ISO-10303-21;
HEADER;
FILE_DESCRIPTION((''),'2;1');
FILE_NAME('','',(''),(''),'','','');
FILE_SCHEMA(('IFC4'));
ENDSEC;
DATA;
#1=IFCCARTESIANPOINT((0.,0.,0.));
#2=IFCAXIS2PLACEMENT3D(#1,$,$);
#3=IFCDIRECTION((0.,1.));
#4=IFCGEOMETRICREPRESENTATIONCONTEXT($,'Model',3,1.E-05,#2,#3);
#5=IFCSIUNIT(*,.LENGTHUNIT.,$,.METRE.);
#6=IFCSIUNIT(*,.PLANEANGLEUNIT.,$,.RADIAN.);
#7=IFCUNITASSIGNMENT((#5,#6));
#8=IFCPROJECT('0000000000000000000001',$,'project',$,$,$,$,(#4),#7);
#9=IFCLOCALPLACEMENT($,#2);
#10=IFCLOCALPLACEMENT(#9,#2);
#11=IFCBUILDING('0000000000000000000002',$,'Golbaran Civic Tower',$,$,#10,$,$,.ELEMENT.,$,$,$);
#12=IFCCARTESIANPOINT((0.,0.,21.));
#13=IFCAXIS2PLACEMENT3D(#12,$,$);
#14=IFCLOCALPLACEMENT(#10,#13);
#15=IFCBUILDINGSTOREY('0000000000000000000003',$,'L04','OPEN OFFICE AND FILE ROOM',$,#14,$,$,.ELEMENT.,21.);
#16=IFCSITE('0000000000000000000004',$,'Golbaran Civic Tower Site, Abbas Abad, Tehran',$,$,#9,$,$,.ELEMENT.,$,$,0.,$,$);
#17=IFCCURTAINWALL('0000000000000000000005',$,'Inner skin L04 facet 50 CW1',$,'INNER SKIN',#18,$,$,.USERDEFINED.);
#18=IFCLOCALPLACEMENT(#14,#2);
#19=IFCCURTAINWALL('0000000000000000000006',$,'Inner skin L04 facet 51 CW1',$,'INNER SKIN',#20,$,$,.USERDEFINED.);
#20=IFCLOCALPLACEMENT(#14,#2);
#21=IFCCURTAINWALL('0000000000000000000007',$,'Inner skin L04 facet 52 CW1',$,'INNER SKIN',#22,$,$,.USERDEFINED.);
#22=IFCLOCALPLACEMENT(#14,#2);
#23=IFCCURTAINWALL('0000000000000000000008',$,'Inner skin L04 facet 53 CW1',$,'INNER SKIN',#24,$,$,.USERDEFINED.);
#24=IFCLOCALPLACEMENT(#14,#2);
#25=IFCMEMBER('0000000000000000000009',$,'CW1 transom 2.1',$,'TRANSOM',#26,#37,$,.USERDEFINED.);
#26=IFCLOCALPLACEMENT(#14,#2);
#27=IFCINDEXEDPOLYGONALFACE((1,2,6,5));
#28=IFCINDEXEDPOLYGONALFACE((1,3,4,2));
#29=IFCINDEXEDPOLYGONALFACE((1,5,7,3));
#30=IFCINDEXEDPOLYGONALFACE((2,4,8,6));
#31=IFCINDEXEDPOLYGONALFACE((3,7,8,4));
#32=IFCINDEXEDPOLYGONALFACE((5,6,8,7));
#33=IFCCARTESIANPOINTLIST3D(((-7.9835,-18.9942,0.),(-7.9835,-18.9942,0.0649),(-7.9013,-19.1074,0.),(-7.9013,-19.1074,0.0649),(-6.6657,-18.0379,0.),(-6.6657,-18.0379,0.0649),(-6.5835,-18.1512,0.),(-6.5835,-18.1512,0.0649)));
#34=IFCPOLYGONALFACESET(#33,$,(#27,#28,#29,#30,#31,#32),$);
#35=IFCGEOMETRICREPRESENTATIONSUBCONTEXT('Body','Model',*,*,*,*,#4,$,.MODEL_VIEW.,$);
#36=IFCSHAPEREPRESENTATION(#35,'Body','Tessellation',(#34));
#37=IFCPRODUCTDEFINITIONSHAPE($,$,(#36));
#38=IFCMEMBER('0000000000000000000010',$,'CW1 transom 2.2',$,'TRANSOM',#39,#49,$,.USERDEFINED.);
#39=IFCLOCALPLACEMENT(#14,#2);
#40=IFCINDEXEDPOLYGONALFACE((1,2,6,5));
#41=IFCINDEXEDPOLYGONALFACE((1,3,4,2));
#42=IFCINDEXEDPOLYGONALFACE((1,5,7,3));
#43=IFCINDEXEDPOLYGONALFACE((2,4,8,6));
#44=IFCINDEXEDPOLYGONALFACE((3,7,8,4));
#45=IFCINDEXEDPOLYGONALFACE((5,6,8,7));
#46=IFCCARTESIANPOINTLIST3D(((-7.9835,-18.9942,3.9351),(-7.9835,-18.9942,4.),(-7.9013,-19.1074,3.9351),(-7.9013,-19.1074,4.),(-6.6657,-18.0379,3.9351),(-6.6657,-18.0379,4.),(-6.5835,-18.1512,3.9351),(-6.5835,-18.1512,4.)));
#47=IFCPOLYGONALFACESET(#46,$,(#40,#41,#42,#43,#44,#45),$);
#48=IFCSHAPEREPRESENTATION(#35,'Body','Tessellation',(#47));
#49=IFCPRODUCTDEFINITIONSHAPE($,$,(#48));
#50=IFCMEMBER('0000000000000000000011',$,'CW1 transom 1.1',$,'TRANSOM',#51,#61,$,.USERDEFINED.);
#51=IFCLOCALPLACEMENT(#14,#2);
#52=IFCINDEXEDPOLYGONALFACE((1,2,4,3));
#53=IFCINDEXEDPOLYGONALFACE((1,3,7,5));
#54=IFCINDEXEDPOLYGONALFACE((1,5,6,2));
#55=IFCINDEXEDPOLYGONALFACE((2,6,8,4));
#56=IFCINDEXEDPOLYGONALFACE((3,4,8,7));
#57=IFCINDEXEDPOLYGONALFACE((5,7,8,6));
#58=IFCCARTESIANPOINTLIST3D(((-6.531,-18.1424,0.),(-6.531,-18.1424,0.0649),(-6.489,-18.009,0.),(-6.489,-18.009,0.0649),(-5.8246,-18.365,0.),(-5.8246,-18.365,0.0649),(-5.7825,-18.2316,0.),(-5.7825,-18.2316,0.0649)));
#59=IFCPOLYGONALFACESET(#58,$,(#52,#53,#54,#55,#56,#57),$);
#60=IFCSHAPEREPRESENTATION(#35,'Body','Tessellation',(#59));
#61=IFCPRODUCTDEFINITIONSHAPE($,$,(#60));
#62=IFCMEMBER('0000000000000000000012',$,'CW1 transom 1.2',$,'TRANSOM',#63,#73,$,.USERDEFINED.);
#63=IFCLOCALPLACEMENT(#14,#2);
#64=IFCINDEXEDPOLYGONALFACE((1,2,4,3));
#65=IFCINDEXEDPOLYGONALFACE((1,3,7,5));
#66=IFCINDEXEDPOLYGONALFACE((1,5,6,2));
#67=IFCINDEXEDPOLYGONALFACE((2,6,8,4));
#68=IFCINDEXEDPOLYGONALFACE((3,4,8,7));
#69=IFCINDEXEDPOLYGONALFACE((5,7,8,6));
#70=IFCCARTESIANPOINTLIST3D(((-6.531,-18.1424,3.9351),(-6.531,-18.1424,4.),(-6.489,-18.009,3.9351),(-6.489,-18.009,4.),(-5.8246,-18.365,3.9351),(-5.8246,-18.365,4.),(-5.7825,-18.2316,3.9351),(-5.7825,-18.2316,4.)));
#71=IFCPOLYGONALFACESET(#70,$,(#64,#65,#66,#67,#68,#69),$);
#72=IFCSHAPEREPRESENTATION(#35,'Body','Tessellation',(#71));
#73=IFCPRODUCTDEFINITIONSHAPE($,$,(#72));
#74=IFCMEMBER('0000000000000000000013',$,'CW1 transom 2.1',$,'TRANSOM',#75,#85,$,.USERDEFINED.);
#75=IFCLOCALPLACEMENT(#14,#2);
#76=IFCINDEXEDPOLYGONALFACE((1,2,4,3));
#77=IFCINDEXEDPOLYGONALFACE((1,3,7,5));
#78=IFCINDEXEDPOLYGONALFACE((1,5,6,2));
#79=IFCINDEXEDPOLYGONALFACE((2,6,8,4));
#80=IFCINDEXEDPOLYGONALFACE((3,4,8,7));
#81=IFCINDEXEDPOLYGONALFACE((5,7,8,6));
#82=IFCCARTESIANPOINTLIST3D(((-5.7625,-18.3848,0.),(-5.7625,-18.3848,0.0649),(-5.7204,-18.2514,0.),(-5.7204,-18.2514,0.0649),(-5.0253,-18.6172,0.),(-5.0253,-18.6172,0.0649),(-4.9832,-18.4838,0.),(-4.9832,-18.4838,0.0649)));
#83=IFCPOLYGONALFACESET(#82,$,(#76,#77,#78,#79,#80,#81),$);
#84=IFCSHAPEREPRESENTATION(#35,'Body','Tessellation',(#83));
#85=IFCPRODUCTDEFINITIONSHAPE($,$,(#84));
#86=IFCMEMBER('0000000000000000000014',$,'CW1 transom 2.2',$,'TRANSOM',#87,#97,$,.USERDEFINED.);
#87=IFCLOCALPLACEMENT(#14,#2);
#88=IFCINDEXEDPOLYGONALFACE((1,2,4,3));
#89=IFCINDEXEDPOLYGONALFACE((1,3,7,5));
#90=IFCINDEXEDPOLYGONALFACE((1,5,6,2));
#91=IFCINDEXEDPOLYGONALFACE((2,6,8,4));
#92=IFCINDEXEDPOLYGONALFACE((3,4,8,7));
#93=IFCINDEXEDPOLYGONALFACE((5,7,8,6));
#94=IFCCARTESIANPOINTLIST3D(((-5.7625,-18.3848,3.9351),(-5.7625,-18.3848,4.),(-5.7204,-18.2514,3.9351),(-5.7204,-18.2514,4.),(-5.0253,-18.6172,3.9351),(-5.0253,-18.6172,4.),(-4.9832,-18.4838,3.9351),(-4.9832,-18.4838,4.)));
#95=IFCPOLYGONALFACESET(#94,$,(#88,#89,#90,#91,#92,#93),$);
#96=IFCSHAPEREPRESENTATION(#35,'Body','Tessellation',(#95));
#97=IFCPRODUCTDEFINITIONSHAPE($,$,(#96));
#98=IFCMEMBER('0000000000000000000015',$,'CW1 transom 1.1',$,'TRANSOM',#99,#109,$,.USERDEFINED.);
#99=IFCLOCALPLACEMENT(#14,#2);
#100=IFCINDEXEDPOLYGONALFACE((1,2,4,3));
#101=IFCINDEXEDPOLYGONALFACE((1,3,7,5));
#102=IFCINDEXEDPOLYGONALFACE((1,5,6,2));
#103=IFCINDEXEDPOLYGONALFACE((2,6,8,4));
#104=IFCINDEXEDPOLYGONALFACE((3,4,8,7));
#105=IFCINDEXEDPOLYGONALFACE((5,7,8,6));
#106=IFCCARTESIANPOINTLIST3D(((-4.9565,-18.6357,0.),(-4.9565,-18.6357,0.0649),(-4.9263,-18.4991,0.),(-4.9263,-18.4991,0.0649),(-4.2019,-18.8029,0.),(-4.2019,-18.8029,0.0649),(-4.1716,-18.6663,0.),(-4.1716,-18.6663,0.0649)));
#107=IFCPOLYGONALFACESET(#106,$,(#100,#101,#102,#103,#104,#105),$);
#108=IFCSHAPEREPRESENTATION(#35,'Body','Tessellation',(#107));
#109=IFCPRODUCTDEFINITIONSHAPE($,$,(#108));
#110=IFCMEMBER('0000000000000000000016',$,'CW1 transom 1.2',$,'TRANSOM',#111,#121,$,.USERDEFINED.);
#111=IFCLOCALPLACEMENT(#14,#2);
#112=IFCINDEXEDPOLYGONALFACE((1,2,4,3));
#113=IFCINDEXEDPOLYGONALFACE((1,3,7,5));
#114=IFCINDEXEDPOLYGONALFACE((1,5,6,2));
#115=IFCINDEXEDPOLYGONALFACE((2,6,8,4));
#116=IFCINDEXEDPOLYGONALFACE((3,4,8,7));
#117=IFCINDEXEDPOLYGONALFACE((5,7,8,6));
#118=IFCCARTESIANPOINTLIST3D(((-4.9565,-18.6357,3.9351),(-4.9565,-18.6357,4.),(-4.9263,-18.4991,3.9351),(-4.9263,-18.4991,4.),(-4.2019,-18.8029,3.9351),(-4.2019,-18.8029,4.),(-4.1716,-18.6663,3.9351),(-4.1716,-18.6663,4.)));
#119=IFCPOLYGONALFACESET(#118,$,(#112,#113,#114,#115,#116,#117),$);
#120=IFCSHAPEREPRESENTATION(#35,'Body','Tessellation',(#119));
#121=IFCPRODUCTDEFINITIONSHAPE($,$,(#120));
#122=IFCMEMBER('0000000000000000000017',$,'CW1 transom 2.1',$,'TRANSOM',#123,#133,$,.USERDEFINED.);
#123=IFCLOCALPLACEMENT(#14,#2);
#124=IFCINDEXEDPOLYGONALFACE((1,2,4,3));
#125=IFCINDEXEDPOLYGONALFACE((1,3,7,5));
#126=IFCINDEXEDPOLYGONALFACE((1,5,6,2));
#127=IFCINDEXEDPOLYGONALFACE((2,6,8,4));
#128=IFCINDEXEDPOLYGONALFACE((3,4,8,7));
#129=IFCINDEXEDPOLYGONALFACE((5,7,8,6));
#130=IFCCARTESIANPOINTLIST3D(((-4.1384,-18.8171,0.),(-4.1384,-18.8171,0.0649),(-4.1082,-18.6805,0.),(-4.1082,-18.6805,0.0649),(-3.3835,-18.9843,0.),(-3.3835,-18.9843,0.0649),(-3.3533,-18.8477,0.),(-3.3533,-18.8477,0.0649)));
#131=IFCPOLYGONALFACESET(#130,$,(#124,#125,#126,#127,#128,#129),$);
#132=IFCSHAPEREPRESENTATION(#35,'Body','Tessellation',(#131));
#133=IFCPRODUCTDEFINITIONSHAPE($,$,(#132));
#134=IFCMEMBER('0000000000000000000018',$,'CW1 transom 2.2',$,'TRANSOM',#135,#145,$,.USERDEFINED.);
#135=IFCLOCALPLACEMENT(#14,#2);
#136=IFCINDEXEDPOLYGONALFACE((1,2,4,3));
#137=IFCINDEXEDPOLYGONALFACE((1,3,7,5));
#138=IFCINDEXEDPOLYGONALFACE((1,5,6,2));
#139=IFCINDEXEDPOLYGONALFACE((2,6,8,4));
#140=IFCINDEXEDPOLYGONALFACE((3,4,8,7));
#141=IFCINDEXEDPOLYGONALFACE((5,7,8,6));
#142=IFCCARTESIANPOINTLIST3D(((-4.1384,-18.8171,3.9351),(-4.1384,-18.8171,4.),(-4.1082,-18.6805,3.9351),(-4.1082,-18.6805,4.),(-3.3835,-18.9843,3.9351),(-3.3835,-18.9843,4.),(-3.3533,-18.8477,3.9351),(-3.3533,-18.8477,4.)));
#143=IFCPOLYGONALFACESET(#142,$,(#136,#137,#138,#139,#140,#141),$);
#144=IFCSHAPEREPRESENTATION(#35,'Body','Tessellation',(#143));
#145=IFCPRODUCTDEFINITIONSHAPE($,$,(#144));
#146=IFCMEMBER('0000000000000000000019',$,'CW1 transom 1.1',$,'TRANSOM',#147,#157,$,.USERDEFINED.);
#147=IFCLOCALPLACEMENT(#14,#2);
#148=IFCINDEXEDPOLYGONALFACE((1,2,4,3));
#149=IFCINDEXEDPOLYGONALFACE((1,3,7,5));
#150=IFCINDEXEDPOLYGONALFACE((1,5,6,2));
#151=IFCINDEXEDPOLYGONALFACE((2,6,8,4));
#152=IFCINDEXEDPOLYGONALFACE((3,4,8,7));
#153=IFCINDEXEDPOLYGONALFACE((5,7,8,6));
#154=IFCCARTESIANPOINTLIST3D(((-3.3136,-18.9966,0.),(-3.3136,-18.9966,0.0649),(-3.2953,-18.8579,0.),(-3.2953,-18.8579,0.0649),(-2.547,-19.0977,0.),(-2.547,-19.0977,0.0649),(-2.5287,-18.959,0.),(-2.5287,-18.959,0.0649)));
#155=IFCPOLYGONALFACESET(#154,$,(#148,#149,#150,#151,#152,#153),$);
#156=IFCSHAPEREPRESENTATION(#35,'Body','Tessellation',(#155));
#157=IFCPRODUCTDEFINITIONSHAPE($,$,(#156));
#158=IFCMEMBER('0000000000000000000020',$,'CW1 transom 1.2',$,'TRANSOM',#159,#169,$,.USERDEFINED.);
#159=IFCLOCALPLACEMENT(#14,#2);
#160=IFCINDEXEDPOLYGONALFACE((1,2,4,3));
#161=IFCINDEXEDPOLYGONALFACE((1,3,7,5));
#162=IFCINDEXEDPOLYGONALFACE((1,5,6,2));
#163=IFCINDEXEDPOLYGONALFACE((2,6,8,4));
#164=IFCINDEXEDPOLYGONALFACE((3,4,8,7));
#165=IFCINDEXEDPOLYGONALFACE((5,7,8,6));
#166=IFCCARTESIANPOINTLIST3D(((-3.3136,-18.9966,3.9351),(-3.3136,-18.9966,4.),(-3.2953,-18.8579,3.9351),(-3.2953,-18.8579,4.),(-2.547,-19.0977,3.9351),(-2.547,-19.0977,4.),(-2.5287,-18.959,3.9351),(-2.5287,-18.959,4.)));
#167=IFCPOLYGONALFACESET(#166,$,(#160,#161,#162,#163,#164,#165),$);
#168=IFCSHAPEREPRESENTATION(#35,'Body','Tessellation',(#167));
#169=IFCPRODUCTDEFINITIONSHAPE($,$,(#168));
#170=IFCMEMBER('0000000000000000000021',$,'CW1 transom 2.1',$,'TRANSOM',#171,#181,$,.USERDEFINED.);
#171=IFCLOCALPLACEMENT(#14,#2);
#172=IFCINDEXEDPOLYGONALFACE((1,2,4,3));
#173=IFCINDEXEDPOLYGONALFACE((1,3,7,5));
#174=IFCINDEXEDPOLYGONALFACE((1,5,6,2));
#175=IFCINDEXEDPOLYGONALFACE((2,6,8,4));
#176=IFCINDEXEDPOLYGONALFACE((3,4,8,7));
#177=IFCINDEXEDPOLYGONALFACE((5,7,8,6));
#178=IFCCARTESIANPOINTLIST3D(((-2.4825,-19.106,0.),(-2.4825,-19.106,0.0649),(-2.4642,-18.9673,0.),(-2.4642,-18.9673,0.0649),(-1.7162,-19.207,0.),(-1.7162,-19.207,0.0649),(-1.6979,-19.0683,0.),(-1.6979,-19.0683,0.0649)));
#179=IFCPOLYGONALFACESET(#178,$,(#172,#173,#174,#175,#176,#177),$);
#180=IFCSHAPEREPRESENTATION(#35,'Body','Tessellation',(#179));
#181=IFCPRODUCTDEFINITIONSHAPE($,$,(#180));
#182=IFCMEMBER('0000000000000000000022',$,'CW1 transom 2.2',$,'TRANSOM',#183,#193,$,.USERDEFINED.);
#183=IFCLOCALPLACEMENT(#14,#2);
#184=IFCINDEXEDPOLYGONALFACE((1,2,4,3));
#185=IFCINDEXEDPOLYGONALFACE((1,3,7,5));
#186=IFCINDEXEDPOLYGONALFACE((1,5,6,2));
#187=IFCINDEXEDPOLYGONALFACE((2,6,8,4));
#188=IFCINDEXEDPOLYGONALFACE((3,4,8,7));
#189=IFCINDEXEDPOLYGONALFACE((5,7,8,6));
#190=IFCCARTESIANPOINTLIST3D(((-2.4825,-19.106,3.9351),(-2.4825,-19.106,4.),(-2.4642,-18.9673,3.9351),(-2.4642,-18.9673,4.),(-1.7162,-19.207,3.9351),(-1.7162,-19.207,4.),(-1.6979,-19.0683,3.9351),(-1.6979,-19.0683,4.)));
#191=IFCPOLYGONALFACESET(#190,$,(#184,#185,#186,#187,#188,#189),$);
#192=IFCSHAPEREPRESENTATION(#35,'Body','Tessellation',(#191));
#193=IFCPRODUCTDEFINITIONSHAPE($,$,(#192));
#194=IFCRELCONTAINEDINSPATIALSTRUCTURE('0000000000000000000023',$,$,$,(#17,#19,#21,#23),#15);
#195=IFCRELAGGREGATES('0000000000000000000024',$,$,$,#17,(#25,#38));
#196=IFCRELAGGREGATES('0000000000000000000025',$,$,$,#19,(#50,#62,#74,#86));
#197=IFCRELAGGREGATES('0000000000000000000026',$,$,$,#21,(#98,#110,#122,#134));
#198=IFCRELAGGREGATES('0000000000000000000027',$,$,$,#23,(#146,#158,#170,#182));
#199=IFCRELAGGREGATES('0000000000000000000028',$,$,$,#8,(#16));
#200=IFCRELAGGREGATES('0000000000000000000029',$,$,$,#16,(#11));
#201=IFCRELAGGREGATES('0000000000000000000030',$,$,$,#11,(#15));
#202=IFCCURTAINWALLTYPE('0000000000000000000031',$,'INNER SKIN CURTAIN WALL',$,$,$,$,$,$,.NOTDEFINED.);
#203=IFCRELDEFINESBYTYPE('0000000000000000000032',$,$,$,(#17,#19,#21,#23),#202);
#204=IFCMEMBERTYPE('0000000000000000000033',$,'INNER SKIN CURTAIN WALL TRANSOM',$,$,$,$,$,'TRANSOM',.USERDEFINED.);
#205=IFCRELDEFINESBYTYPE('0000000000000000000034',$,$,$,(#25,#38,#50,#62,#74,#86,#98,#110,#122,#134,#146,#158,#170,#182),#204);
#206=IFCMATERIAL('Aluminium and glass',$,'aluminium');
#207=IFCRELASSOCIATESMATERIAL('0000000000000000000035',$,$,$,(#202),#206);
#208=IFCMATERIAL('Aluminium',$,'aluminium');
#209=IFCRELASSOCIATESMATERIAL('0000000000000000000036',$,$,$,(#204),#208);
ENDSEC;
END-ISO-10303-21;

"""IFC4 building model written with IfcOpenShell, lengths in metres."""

from ifc_helpers import new_model, si_unit, direction, frame, origin, origin_2d, place, context, subcontext, project, spatial, rectangle, extrude, material, material_profile, profile_set, type_object, element, aggregate, save


model = new_model("IFC4")

# Units and contexts
model_context = context("Model", 3, precision=1e-05, world=origin(), true_north=direction((0.0, 1.0)))
body_context = subcontext(model_context, "Body", "Model", "MODEL_VIEW")
ifc_project = project(units=[si_unit("LENGTHUNIT", "METRE"), si_unit("PLANEANGLEUNIT", "RADIAN")], contexts=[model_context])

# Site, building, storey
site_placement = place(None, origin())
site = spatial("IfcSite", under=ifc_project, at=site_placement, Name="Golbaran Civic Tower Site, Abbas Abad, Tehran", CompositionType="ELEMENT", RefElevation=0.0)
building_placement = place(site_placement, origin())
building = spatial("IfcBuilding", under=site, at=building_placement, Name="Golbaran Civic Tower", CompositionType="ELEMENT")
storey_placement = place(building_placement, frame((0.0, 0.0, 21.0)))
storey = spatial("IfcBuildingStorey", under=building, at=storey_placement, Name="L04", Description="OPEN OFFICE AND FILE ROOM", CompositionType="ELEMENT", Elevation=21.0)

# Curtain walls
ifc_material_1 = material(Name="Aluminium and glass", Category="aluminium")
curtain_wall_type = type_object("IfcCurtainWallType", Name="INNER SKIN CURTAIN WALL", PredefinedType="NOTDEFINED", material=ifc_material_1)
curtain_wall_1_placement = place(storey_placement, origin())
curtain_wall_1 = element("IfcCurtainWall", 1, at=curtain_wall_1_placement, inside=storey, type_object=curtain_wall_type, Name="Inner skin L04 facet 50 CW1", ObjectType="INNER SKIN", PredefinedType="USERDEFINED")
ifc_material_2 = material(Name="Aluminium", Category="aluminium")
curtain_wall_2_placement = place(storey_placement, origin())
curtain_wall_2 = element("IfcCurtainWall", 2, at=curtain_wall_2_placement, inside=storey, type_object=curtain_wall_type, Name="Inner skin L04 facet 51 CW1", ObjectType="INNER SKIN", PredefinedType="USERDEFINED")
curtain_wall_3_placement = place(storey_placement, origin())
curtain_wall_3 = element("IfcCurtainWall", 3, at=curtain_wall_3_placement, inside=storey, type_object=curtain_wall_type, Name="Inner skin L04 facet 52 CW1", ObjectType="INNER SKIN", PredefinedType="USERDEFINED")
curtain_wall_4_placement = place(storey_placement, origin())
curtain_wall_4 = element("IfcCurtainWall", 4, at=curtain_wall_4_placement, inside=storey, type_object=curtain_wall_type, Name="Inner skin L04 facet 53 CW1", ObjectType="INNER SKIN", PredefinedType="USERDEFINED")

# Members
ifc_material_profile_1 = material_profile(ifc_material_2, rectangle(XDim=0.1399, YDim=0.0649, at=origin_2d()), Name="INNER SKIN CURTAIN WALL TRANSOM")
ifc_profile_set_1 = profile_set([ifc_material_profile_1], Name="Aluminium")
member_type_1 = type_object("IfcMemberType", Name="INNER SKIN CURTAIN WALL TRANSOM", ElementType="TRANSOM", PredefinedType="USERDEFINED", material=ifc_profile_set_1)
member_1_placement = place(storey_placement, frame((-7.9424, -19.0508, 0.0325), z_axis=(0.809365, 0.587307, 0.0), x_axis=(-0.587307, 0.809365, 0.0)))
member_1 = element("IfcMember", 5, at=member_1_placement, type_object=member_type_1, Name="CW1 transom 2.1", ObjectType="TRANSOM", PredefinedType="USERDEFINED", context=body_context, shape_type="SweptSolid", body=[
    extrude(rectangle(XDim=0.1399, YDim=0.0649, at=origin_2d()), origin(), (0.0, 0.0, 1.0), 1.6282),
])
member_2_placement = place(storey_placement, frame((-7.9424, -19.0508, 3.9675), z_axis=(0.809365, 0.587307, 0.0), x_axis=(-0.587307, 0.809365, 0.0)))
member_2 = element("IfcMember", 6, at=member_2_placement, type_object=member_type_1, Name="CW1 transom 2.2", ObjectType="TRANSOM", PredefinedType="USERDEFINED", context=body_context, shape_type="SweptSolid", body=[
    extrude(rectangle(XDim=0.1399, YDim=0.0649, at=origin_2d()), origin(), (0.0, 0.0, 1.0), 1.6282),
])
member_3_placement = place(storey_placement, frame((-6.51, -18.0757, 0.0325), z_axis=(0.953762, -0.300563, 0.0), x_axis=(0.300563, 0.953762, 0.0)))
member_3 = element("IfcMember", 7, at=member_3_placement, type_object=member_type_1, Name="CW1 transom 1.1", ObjectType="TRANSOM", PredefinedType="USERDEFINED", context=body_context, shape_type="SweptSolid", body=[
    extrude(rectangle(XDim=0.1399, YDim=0.0649, at=origin_2d()), origin(), (0.0, 0.0, 1.0), 0.7407),
])
member_4_placement = place(storey_placement, frame((-6.51, -18.0757, 3.9675), z_axis=(0.953762, -0.300563, 0.0), x_axis=(0.300563, 0.953762, 0.0)))
member_4 = element("IfcMember", 8, at=member_4_placement, type_object=member_type_1, Name="CW1 transom 1.2", ObjectType="TRANSOM", PredefinedType="USERDEFINED", context=body_context, shape_type="SweptSolid", body=[
    extrude(rectangle(XDim=0.1399, YDim=0.0649, at=origin_2d()), origin(), (0.0, 0.0, 1.0), 0.7407),
])
member_5_placement = place(storey_placement, frame((-5.7415, -18.3181, 0.0325), z_axis=(0.953735, -0.300648, 0.0), x_axis=(0.300648, 0.953735, 0.0)))
member_5 = element("IfcMember", 9, at=member_5_placement, type_object=member_type_1, Name="CW1 transom 2.1", ObjectType="TRANSOM", PredefinedType="USERDEFINED", context=body_context, shape_type="SweptSolid", body=[
    extrude(rectangle(XDim=0.1399, YDim=0.0649, at=origin_2d()), origin(), (0.0, 0.0, 1.0), 0.7729),
])
member_6_placement = place(storey_placement, frame((-5.7415, -18.3181, 3.9675), z_axis=(0.953735, -0.300648, 0.0), x_axis=(0.300648, 0.953735, 0.0)))
member_6 = element("IfcMember", 10, at=member_6_placement, type_object=member_type_1, Name="CW1 transom 2.2", ObjectType="TRANSOM", PredefinedType="USERDEFINED", context=body_context, shape_type="SweptSolid", body=[
    extrude(rectangle(XDim=0.1399, YDim=0.0649, at=origin_2d()), origin(), (0.0, 0.0, 1.0), 0.7729),
])
member_7_placement = place(storey_placement, frame((-4.9414, -18.5674, 0.0325), z_axis=(0.976313, -0.216362, 0.0), x_axis=(0.216362, 0.976313, 0.0)))
member_7 = element("IfcMember", 11, at=member_7_placement, type_object=member_type_1, Name="CW1 transom 1.1", ObjectType="TRANSOM", PredefinedType="USERDEFINED", context=body_context, shape_type="SweptSolid", body=[
    extrude(rectangle(XDim=0.1399, YDim=0.0649, at=origin_2d()), origin(), (0.0, 0.0, 1.0), 0.7729),
])
member_8_placement = place(storey_placement, frame((-4.9414, -18.5674, 3.9675), z_axis=(0.976313, -0.216362, 0.0), x_axis=(0.216362, 0.976313, 0.0)))
member_8 = element("IfcMember", 12, at=member_8_placement, type_object=member_type_1, Name="CW1 transom 1.2", ObjectType="TRANSOM", PredefinedType="USERDEFINED", context=body_context, shape_type="SweptSolid", body=[
    extrude(rectangle(XDim=0.1399, YDim=0.0649, at=origin_2d()), origin(), (0.0, 0.0, 1.0), 0.7729),
])
member_9_placement = place(storey_placement, frame((-4.1233, -18.7488, 0.0325), z_axis=(0.976328, -0.216295, 0.0), x_axis=(0.216295, 0.976328, 0.0)))
member_9 = element("IfcMember", 13, at=member_9_placement, type_object=member_type_1, Name="CW1 transom 2.1", ObjectType="TRANSOM", PredefinedType="USERDEFINED", context=body_context, shape_type="SweptSolid", body=[
    extrude(rectangle(XDim=0.1399, YDim=0.0649, at=origin_2d()), origin(), (0.0, 0.0, 1.0), 0.7732),
])
member_10_placement = place(storey_placement, frame((-4.1233, -18.7488, 3.9675), z_axis=(0.976328, -0.216295, 0.0), x_axis=(0.216295, 0.976328, 0.0)))
member_10 = element("IfcMember", 14, at=member_10_placement, type_object=member_type_1, Name="CW1 transom 2.2", ObjectType="TRANSOM", PredefinedType="USERDEFINED", context=body_context, shape_type="SweptSolid", body=[
    extrude(rectangle(XDim=0.1399, YDim=0.0649, at=origin_2d()), origin(), (0.0, 0.0, 1.0), 0.7732),
])
member_11_placement = place(storey_placement, frame((-3.3044, -18.9272, 0.0325), z_axis=(0.99142, -0.130716, 0.0), x_axis=(0.130716, 0.99142, 0.0)))
member_11 = element("IfcMember", 15, at=member_11_placement, type_object=member_type_1, Name="CW1 transom 1.1", ObjectType="TRANSOM", PredefinedType="USERDEFINED", context=body_context, shape_type="SweptSolid", body=[
    extrude(rectangle(XDim=0.1399, YDim=0.0649, at=origin_2d()), origin(), (0.0, 0.0, 1.0), 0.7732),
])
member_12_placement = place(storey_placement, frame((-3.3044, -18.9272, 3.9675), z_axis=(0.99142, -0.130716, 0.0), x_axis=(0.130716, 0.99142, 0.0)))
member_12 = element("IfcMember", 16, at=member_12_placement, type_object=member_type_1, Name="CW1 transom 1.2", ObjectType="TRANSOM", PredefinedType="USERDEFINED", context=body_context, shape_type="SweptSolid", body=[
    extrude(rectangle(XDim=0.1399, YDim=0.0649, at=origin_2d()), origin(), (0.0, 0.0, 1.0), 0.7732),
])
member_13_placement = place(storey_placement, frame((-2.4734, -19.0366, 0.0325), z_axis=(0.991414, -0.130757, 0.0), x_axis=(0.130757, 0.991414, 0.0)))
member_13 = element("IfcMember", 17, at=member_13_placement, type_object=member_type_1, Name="CW1 transom 2.1", ObjectType="TRANSOM", PredefinedType="USERDEFINED", context=body_context, shape_type="SweptSolid", body=[
    extrude(rectangle(XDim=0.1399, YDim=0.0649, at=origin_2d()), origin(), (0.0, 0.0, 1.0), 0.7729),
])
member_14_placement = place(storey_placement, frame((-2.4734, -19.0366, 3.9675), z_axis=(0.991414, -0.130757, 0.0), x_axis=(0.130757, 0.991414, 0.0)))
member_14 = element("IfcMember", 18, at=member_14_placement, type_object=member_type_1, Name="CW1 transom 2.2", ObjectType="TRANSOM", PredefinedType="USERDEFINED", context=body_context, shape_type="SweptSolid", body=[
    extrude(rectangle(XDim=0.1399, YDim=0.0649, at=origin_2d()), origin(), (0.0, 0.0, 1.0), 0.7729),
])

aggregate(curtain_wall_1, [member_1, member_2])
aggregate(curtain_wall_2, [member_3, member_4, member_5, member_6])
aggregate(curtain_wall_3, [member_7, member_8, member_9, member_10])
aggregate(curtain_wall_4, [member_11, member_12, member_13, member_14])

save(model, "model.ifc")
